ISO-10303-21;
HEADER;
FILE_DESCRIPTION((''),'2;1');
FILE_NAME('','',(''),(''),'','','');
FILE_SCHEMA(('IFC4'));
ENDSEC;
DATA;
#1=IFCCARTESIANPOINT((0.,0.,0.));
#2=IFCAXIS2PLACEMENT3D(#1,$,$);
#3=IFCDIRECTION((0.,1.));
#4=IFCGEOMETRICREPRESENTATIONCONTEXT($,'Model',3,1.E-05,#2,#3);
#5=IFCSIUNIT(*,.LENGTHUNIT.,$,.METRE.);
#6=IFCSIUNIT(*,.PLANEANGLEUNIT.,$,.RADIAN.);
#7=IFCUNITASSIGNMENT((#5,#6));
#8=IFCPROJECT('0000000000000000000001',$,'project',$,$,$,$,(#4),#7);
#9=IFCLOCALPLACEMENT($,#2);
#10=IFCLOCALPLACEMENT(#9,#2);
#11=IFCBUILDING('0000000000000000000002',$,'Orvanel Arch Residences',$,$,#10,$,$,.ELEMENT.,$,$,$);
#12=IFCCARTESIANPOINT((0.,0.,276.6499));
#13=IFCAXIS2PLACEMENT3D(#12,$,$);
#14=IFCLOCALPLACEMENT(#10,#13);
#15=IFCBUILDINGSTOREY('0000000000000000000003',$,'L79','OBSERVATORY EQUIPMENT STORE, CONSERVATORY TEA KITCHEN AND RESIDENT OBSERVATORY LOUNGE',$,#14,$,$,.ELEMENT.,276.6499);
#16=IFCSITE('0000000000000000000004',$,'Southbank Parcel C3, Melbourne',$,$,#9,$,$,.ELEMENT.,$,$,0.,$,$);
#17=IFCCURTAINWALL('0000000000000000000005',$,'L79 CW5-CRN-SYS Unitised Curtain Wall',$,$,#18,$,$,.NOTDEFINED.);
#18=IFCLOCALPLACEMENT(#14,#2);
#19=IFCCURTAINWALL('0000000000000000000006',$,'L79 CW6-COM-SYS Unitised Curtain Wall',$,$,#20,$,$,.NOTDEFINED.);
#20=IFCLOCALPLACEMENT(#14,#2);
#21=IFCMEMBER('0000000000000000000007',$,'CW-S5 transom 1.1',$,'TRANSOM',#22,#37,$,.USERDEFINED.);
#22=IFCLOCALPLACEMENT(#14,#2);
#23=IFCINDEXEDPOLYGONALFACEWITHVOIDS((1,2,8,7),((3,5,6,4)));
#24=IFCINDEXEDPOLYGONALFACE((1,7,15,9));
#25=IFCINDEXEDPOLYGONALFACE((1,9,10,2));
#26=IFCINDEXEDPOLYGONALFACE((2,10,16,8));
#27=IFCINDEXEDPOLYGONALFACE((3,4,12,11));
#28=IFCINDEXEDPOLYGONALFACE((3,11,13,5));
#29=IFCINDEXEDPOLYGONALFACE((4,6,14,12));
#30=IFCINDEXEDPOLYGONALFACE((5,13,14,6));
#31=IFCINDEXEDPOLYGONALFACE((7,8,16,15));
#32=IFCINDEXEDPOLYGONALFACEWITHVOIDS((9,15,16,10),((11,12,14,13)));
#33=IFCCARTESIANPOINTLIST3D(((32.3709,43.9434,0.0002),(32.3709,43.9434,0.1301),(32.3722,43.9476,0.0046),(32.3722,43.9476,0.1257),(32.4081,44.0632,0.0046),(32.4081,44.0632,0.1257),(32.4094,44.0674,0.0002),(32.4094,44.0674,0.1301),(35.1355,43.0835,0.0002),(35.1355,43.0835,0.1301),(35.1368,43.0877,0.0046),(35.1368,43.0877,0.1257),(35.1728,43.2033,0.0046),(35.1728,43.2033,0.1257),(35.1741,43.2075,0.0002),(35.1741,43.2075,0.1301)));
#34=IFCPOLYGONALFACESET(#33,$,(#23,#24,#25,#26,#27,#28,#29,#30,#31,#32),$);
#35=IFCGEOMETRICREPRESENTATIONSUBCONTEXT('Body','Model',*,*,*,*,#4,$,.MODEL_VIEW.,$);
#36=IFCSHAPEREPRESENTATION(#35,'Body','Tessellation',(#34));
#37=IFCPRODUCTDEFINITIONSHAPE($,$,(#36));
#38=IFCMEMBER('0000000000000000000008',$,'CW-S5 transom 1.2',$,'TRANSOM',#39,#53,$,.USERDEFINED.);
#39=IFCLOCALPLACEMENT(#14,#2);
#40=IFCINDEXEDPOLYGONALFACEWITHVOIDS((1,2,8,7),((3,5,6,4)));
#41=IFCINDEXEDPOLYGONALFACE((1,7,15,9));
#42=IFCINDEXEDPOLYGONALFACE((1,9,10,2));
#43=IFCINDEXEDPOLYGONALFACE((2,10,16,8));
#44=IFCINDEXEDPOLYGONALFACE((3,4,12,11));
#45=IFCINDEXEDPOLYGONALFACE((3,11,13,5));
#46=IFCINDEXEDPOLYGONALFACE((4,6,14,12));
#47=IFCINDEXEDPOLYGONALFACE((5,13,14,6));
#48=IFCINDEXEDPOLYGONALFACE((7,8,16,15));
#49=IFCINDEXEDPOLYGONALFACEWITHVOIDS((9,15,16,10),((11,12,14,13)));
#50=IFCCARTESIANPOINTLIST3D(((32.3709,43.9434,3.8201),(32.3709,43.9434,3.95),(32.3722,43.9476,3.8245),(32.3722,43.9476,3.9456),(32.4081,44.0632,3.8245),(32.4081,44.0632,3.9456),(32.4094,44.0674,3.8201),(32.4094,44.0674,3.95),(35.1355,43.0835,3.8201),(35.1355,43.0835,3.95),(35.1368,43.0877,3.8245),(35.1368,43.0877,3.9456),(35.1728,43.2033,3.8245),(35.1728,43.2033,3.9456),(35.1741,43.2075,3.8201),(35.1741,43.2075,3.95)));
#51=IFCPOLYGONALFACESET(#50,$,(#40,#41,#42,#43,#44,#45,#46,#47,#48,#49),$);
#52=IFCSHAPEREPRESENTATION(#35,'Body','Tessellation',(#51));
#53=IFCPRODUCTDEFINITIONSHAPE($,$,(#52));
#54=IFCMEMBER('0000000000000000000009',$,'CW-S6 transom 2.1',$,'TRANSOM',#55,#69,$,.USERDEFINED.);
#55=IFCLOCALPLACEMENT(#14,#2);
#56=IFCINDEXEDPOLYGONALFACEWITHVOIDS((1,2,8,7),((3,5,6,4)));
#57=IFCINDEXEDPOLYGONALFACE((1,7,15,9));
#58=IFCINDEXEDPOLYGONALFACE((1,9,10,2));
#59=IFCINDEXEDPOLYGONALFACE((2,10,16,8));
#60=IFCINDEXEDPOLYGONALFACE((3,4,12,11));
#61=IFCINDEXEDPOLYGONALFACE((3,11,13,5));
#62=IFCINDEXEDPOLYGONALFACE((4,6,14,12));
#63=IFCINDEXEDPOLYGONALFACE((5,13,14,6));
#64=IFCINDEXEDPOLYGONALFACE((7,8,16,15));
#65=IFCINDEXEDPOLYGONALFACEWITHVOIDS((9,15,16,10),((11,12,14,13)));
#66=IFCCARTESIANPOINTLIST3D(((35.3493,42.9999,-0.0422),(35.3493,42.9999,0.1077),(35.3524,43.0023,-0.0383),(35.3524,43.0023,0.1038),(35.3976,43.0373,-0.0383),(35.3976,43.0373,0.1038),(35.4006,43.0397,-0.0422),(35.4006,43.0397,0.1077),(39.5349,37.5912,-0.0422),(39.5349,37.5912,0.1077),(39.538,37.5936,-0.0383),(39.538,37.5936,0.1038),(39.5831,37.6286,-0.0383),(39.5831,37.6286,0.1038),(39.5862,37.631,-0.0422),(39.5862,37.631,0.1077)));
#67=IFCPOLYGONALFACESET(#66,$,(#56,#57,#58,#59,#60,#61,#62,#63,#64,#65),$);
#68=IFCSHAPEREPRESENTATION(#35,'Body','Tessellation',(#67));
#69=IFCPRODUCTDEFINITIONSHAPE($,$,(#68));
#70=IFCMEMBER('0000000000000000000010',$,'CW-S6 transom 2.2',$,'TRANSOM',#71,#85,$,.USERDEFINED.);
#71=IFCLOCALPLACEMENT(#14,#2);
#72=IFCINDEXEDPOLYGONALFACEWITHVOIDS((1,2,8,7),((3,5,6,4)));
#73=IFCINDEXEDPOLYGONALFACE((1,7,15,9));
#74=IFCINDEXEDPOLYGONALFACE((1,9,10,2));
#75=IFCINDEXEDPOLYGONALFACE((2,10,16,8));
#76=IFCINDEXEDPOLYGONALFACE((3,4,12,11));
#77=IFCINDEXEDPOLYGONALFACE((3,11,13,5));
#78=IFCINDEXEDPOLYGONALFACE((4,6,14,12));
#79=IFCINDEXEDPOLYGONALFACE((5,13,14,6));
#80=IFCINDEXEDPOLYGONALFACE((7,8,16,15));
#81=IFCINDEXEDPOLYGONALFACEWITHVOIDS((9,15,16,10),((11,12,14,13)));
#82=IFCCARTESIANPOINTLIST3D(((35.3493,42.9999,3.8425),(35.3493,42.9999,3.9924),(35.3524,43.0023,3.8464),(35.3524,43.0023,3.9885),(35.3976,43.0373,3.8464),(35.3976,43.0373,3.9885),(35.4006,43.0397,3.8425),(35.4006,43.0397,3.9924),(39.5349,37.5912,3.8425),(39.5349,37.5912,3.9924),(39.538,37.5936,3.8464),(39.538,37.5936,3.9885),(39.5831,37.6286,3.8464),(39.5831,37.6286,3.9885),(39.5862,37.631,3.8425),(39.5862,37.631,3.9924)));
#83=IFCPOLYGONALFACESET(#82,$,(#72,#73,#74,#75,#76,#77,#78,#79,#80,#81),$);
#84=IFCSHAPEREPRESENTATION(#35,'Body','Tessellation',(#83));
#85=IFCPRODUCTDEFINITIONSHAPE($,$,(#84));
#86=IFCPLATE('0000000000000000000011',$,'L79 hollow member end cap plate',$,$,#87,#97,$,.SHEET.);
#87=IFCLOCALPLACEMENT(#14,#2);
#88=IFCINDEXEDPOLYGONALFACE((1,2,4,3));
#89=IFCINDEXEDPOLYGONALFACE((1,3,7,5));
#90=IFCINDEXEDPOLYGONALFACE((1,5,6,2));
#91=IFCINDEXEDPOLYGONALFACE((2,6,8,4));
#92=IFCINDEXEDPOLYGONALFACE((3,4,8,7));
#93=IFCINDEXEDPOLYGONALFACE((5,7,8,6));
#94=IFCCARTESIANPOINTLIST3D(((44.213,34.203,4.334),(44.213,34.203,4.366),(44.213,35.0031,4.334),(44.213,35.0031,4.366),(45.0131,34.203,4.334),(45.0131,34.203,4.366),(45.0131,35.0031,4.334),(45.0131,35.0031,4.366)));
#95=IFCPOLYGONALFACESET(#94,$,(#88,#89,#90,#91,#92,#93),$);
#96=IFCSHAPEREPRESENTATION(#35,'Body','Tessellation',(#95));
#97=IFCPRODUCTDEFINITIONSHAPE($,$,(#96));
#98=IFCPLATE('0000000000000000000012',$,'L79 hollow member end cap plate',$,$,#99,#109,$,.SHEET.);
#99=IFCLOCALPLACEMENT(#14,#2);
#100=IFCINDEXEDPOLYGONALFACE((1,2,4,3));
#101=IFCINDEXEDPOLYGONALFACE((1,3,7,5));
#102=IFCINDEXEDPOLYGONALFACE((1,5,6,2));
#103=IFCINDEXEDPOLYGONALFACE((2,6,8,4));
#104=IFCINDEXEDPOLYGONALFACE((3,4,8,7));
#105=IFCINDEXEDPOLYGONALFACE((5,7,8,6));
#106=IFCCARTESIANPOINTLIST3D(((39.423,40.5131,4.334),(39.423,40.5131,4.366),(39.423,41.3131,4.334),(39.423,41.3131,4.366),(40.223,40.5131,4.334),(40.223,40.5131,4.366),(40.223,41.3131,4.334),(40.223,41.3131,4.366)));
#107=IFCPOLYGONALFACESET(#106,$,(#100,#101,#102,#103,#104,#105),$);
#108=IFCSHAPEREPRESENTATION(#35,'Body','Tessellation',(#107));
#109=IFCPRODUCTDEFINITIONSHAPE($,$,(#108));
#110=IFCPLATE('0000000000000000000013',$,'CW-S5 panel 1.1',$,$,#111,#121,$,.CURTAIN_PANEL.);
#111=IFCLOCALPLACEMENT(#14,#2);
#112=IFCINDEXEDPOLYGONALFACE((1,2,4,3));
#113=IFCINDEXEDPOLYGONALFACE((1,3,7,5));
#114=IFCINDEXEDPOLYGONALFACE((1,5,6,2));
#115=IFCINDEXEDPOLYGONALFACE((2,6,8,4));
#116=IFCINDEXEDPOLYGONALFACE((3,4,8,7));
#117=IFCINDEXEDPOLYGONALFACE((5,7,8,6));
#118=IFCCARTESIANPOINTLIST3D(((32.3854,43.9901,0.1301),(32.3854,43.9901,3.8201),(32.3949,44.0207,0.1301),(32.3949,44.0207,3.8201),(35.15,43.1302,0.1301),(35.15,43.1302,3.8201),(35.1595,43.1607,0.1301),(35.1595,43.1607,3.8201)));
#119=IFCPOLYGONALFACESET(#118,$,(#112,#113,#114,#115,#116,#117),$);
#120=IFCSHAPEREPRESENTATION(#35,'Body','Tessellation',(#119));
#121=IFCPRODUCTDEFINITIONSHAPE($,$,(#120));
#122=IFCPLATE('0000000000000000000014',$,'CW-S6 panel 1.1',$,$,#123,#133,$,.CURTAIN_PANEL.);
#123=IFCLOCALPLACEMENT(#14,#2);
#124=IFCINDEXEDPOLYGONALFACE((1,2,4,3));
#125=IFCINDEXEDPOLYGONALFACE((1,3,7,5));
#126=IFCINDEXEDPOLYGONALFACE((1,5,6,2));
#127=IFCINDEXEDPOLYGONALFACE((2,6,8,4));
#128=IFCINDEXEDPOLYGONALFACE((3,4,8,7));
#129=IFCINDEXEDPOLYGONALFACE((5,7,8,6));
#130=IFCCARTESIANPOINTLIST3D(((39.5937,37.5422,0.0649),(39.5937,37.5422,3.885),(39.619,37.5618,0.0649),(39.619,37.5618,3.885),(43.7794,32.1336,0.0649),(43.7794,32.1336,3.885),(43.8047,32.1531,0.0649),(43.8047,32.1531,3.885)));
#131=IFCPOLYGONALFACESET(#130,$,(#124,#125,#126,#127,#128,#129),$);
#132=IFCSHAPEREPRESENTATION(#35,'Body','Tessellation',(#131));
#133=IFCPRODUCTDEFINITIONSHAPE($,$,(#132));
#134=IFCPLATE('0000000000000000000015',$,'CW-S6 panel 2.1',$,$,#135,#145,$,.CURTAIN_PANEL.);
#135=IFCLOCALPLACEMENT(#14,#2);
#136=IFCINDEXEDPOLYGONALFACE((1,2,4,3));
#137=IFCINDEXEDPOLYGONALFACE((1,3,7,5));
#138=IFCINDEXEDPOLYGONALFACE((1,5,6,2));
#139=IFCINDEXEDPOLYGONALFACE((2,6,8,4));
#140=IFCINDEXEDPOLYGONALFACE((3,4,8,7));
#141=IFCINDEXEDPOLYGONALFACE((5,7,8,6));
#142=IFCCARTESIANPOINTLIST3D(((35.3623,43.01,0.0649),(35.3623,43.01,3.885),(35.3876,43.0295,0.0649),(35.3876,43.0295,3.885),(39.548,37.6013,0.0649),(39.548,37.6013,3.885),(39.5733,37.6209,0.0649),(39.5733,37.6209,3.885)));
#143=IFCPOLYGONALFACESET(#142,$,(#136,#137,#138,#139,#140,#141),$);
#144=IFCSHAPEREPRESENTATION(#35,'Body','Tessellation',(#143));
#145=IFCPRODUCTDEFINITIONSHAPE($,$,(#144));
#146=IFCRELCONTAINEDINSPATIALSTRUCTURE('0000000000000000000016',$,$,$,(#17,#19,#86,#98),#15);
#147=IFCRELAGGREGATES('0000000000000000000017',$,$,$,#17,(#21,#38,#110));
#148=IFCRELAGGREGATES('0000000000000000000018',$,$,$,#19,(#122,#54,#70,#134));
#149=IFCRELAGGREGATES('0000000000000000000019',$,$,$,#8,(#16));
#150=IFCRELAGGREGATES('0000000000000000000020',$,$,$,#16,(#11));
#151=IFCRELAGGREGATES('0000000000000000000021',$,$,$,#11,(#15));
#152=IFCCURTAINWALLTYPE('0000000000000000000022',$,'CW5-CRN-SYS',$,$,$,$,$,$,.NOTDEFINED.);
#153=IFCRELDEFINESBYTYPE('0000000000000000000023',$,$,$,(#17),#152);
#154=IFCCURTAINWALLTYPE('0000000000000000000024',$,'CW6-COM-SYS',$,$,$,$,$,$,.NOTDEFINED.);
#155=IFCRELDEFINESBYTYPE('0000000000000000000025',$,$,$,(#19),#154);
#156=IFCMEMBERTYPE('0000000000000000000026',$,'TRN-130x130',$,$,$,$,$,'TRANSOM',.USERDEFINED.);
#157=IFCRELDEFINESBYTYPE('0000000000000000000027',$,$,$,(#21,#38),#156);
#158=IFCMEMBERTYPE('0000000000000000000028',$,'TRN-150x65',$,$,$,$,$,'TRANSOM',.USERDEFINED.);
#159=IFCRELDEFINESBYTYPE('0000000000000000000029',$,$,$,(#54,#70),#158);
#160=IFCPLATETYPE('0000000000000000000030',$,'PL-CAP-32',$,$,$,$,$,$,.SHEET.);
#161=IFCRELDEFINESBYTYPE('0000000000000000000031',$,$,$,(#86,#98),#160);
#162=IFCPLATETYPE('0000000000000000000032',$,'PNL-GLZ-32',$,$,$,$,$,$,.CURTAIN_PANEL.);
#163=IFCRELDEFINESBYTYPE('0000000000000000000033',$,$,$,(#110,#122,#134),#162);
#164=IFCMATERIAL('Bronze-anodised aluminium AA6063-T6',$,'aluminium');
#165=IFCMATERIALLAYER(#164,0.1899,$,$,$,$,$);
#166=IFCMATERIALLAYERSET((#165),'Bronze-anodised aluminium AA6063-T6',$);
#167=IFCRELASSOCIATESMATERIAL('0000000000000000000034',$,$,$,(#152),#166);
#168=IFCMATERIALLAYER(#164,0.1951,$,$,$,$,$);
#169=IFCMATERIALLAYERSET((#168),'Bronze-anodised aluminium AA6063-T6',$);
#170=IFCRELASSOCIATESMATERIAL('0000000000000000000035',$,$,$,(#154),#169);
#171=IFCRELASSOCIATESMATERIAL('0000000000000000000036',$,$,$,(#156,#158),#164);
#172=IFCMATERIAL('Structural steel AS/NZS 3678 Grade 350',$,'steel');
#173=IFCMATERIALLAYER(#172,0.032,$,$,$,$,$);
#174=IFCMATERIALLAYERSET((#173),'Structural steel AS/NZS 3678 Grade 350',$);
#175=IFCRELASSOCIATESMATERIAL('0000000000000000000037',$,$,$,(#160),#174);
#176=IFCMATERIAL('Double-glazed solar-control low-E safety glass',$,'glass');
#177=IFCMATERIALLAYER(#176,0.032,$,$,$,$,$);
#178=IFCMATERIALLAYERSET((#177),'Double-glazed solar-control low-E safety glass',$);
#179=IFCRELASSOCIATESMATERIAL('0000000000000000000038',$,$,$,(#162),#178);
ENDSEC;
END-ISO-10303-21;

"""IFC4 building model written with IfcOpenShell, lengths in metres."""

from ifc_helpers import new_model, si_unit, direction, frame, origin, origin_2d, place, context, subcontext, project, spatial, rectangle, hollow_rectangle, extrude, material, layer, layer_set, material_profile, profile_set, type_object, element, aggregate, save


model = new_model("IFC4")

# Units and contexts
model_context = context("Model", 3, precision=1e-05, world=origin(), true_north=direction((0.0, 1.0)))
body_context = subcontext(model_context, "Body", "Model", "MODEL_VIEW")
ifc_project = project(units=[si_unit("LENGTHUNIT", "METRE"), si_unit("PLANEANGLEUNIT", "RADIAN")], contexts=[model_context])

# Site, building, storey
site_placement = place(None, origin())
site = spatial("IfcSite", under=ifc_project, at=site_placement, Name="Southbank Parcel C3, Melbourne", CompositionType="ELEMENT", RefElevation=0.0)
building_placement = place(site_placement, origin())
building = spatial("IfcBuilding", under=site, at=building_placement, Name="Orvanel Arch Residences", CompositionType="ELEMENT")
storey_placement = place(building_placement, frame((0.0, 0.0, 276.6499)))
storey = spatial("IfcBuildingStorey", under=building, at=storey_placement, Name="L79", Description="OBSERVATORY EQUIPMENT STORE, CONSERVATORY TEA KITCHEN AND RESIDENT OBSERVATORY LOUNGE", CompositionType="ELEMENT", Elevation=276.6499)

# Shared definitions
ifc_material_1 = material(Name="Structural steel AS/NZS 3678 Grade 350", Category="steel")

# Curtain walls
ifc_material_2 = material(Name="Bronze-anodised aluminium AA6063-T6", Category="aluminium")
ifc_layer_1 = layer(ifc_material_2, 0.1899)
ifc_layer_set_1 = layer_set([ifc_layer_1], Name="Bronze-anodised aluminium AA6063-T6")
curtain_wall_type_1 = type_object("IfcCurtainWallType", Name="CW5-CRN-SYS", PredefinedType="NOTDEFINED", material=ifc_layer_set_1)
curtain_wall_1_placement = place(storey_placement, origin())
curtain_wall_1 = element("IfcCurtainWall", 1, at=curtain_wall_1_placement, inside=storey, type_object=curtain_wall_type_1, Name="L79 CW5-CRN-SYS Unitised Curtain Wall", PredefinedType="NOTDEFINED")
ifc_layer_2 = layer(ifc_material_2, 0.1951)
ifc_layer_set_2 = layer_set([ifc_layer_2], Name="Bronze-anodised aluminium AA6063-T6")
curtain_wall_type_2 = type_object("IfcCurtainWallType", Name="CW6-COM-SYS", PredefinedType="NOTDEFINED", material=ifc_layer_set_2)
curtain_wall_2_placement = place(storey_placement, origin())
curtain_wall_2 = element("IfcCurtainWall", 2, at=curtain_wall_2_placement, inside=storey, type_object=curtain_wall_type_2, Name="L79 CW6-COM-SYS Unitised Curtain Wall", PredefinedType="NOTDEFINED")

# Members
ifc_material_profile_1 = material_profile(ifc_material_2, hollow_rectangle(XDim=0.1299, YDim=0.1299, WallThickness=0.0044, at=origin_2d()), Name="ALU130x130x4.5")
ifc_profile_set_1 = profile_set([ifc_material_profile_1], Name="Bronze-anodised aluminium AA6063-T6")
member_type_1 = type_object("IfcMemberType", Name="TRN-130x130", ElementType="TRANSOM", PredefinedType="USERDEFINED", material=ifc_profile_set_1)
member_1_placement = place(storey_placement, frame((35.1548, 43.1455, 0.0652), z_axis=(-0.954881, 0.296988, 0.0), x_axis=(-0.296988, -0.954881, 0.0)))
member_1 = element("IfcMember", 3, at=member_1_placement, type_object=member_type_1, Name="CW-S5 transom 1.1", ObjectType="TRANSOM", PredefinedType="USERDEFINED", context=body_context, shape_type="SweptSolid", body=[
    extrude(hollow_rectangle(XDim=0.1299, YDim=0.1299, WallThickness=0.0044, at=origin_2d()), origin(), (0.0, 0.0, 1.0), 2.8953),
])
member_2_placement = place(storey_placement, frame((35.1548, 43.1455, 3.885), z_axis=(-0.954881, 0.296988, 0.0), x_axis=(-0.296988, -0.954881, 0.0)))
member_2 = element("IfcMember", 4, at=member_2_placement, type_object=member_type_1, Name="CW-S5 transom 1.2", ObjectType="TRANSOM", PredefinedType="USERDEFINED", context=body_context, shape_type="SweptSolid", body=[
    extrude(hollow_rectangle(XDim=0.1299, YDim=0.1299, WallThickness=0.0044, at=origin_2d()), origin(), (0.0, 0.0, 1.0), 2.8953),
])
ifc_material_profile_2 = material_profile(ifc_material_2, hollow_rectangle(XDim=0.0649, YDim=0.1499, WallThickness=0.0039, at=origin_2d()), Name="ALU150x65x4")
ifc_profile_set_2 = profile_set([ifc_material_profile_2], Name="Bronze-anodised aluminium AA6063-T6")
member_type_2 = type_object("IfcMemberType", Name="TRN-150x65", ElementType="TRANSOM", PredefinedType="USERDEFINED", material=ifc_profile_set_2)
member_3_placement = place(storey_placement, frame((39.5605, 37.6111, 0.0327), z_axis=(-0.612006, 0.790853, 0.0), x_axis=(-0.790853, -0.612006, 0.0)))
member_3 = element("IfcMember", 5, at=member_3_placement, type_object=member_type_2, Name="CW-S6 transom 2.1", ObjectType="TRANSOM", PredefinedType="USERDEFINED", context=body_context, shape_type="SweptSolid", body=[
    extrude(hollow_rectangle(XDim=0.0649, YDim=0.1499, WallThickness=0.0039, at=origin_2d()), origin(), (0.0, 0.0, 1.0), 6.8391),
])
member_4_placement = place(storey_placement, frame((39.5605, 37.6111, 3.9175), z_axis=(-0.612006, 0.790853, 0.0), x_axis=(-0.790853, -0.612006, 0.0)))
member_4 = element("IfcMember", 6, at=member_4_placement, type_object=member_type_2, Name="CW-S6 transom 2.2", ObjectType="TRANSOM", PredefinedType="USERDEFINED", context=body_context, shape_type="SweptSolid", body=[
    extrude(hollow_rectangle(XDim=0.0649, YDim=0.1499, WallThickness=0.0039, at=origin_2d()), origin(), (0.0, 0.0, 1.0), 6.8391),
])

# Plates
ifc_layer_3 = layer(ifc_material_1, 0.032)
ifc_layer_set_3 = layer_set([ifc_layer_3], Name="Structural steel AS/NZS 3678 Grade 350")
plate_type_1 = type_object("IfcPlateType", Name="PL-CAP-32", PredefinedType="SHEET", material=ifc_layer_set_3)
for number, where, z_axis, x_axis, name in (
    (7, (44.613, 34.603, 4.334), (0.0, 0.0, 1.0), (1.0, 0.0, 0.0), "L79 hollow member end cap plate"),
    (8, (39.823, 40.9131, 4.334), (0.0, 0.0, 1.0), (1.0, 0.0, 0.0), "L79 hollow member end cap plate"),
):
    element("IfcPlate", number, at=place(storey_placement, frame(where, z_axis=z_axis, x_axis=x_axis)), inside=storey, type_object=plate_type_1, Name=name, PredefinedType="SHEET", context=body_context, shape_type="SweptSolid", body=[
        extrude(rectangle(XDim=0.8, YDim=0.8, at=origin_2d()), origin(), (0.0, 0.0, 1.0), 0.032),
    ])

# Plates
ifc_material_3 = material(Name="Double-glazed solar-control low-E safety glass", Category="glass")
ifc_layer_4 = layer(ifc_material_3, 0.032)
ifc_layer_set_4 = layer_set([ifc_layer_4], Name="Double-glazed solar-control low-E safety glass")
plate_type_2 = type_object("IfcPlateType", Name="PNL-GLZ-32", PredefinedType="CURTAIN_PANEL", material=ifc_layer_set_4)
plate_1_placement = place(storey_placement, frame((33.7725, 43.5754, 0.1301), z_axis=(0.0, 0.0, 1.0), x_axis=(-0.954875, 0.297009, 0.0)))
plate_1 = element("IfcPlate", 9, at=plate_1_placement, type_object=plate_type_2, Name="CW-S5 panel 1.1", PredefinedType="CURTAIN_PANEL", context=body_context, shape_type="SweptSolid", body=[
    extrude(rectangle(XDim=2.8953, YDim=0.032, at=origin_2d()), origin(), (0.0, 0.0, 1.0), 3.6899),
])
aggregate(curtain_wall_1, [member_1, member_2, plate_1])
plate_2_placement = place(storey_placement, frame((41.6992, 34.8477, 0.0649), z_axis=(0.0, 0.0, 1.0), x_axis=(-0.612027, 0.790837, 0.0)))
plate_2 = element("IfcPlate", 10, at=plate_2_placement, type_object=plate_type_2, Name="CW-S6 panel 1.1", PredefinedType="CURTAIN_PANEL", context=body_context, shape_type="SweptSolid", body=[
    extrude(rectangle(XDim=6.8391, YDim=0.032, at=origin_2d()), origin(), (0.0, 0.0, 1.0), 3.8201),
])
plate_3_placement = place(storey_placement, frame((37.4678, 40.3154, 0.0649), z_axis=(0.0, 0.0, 1.0), x_axis=(-0.612027, 0.790837, 0.0)))
plate_3 = element("IfcPlate", 11, at=plate_3_placement, type_object=plate_type_2, Name="CW-S6 panel 2.1", PredefinedType="CURTAIN_PANEL", context=body_context, shape_type="SweptSolid", body=[
    extrude(rectangle(XDim=6.8391, YDim=0.032, at=origin_2d()), origin(), (0.0, 0.0, 1.0), 3.8201),
])
aggregate(curtain_wall_2, [plate_2, member_3, member_4, plate_3])

save(model, "model.ifc")
